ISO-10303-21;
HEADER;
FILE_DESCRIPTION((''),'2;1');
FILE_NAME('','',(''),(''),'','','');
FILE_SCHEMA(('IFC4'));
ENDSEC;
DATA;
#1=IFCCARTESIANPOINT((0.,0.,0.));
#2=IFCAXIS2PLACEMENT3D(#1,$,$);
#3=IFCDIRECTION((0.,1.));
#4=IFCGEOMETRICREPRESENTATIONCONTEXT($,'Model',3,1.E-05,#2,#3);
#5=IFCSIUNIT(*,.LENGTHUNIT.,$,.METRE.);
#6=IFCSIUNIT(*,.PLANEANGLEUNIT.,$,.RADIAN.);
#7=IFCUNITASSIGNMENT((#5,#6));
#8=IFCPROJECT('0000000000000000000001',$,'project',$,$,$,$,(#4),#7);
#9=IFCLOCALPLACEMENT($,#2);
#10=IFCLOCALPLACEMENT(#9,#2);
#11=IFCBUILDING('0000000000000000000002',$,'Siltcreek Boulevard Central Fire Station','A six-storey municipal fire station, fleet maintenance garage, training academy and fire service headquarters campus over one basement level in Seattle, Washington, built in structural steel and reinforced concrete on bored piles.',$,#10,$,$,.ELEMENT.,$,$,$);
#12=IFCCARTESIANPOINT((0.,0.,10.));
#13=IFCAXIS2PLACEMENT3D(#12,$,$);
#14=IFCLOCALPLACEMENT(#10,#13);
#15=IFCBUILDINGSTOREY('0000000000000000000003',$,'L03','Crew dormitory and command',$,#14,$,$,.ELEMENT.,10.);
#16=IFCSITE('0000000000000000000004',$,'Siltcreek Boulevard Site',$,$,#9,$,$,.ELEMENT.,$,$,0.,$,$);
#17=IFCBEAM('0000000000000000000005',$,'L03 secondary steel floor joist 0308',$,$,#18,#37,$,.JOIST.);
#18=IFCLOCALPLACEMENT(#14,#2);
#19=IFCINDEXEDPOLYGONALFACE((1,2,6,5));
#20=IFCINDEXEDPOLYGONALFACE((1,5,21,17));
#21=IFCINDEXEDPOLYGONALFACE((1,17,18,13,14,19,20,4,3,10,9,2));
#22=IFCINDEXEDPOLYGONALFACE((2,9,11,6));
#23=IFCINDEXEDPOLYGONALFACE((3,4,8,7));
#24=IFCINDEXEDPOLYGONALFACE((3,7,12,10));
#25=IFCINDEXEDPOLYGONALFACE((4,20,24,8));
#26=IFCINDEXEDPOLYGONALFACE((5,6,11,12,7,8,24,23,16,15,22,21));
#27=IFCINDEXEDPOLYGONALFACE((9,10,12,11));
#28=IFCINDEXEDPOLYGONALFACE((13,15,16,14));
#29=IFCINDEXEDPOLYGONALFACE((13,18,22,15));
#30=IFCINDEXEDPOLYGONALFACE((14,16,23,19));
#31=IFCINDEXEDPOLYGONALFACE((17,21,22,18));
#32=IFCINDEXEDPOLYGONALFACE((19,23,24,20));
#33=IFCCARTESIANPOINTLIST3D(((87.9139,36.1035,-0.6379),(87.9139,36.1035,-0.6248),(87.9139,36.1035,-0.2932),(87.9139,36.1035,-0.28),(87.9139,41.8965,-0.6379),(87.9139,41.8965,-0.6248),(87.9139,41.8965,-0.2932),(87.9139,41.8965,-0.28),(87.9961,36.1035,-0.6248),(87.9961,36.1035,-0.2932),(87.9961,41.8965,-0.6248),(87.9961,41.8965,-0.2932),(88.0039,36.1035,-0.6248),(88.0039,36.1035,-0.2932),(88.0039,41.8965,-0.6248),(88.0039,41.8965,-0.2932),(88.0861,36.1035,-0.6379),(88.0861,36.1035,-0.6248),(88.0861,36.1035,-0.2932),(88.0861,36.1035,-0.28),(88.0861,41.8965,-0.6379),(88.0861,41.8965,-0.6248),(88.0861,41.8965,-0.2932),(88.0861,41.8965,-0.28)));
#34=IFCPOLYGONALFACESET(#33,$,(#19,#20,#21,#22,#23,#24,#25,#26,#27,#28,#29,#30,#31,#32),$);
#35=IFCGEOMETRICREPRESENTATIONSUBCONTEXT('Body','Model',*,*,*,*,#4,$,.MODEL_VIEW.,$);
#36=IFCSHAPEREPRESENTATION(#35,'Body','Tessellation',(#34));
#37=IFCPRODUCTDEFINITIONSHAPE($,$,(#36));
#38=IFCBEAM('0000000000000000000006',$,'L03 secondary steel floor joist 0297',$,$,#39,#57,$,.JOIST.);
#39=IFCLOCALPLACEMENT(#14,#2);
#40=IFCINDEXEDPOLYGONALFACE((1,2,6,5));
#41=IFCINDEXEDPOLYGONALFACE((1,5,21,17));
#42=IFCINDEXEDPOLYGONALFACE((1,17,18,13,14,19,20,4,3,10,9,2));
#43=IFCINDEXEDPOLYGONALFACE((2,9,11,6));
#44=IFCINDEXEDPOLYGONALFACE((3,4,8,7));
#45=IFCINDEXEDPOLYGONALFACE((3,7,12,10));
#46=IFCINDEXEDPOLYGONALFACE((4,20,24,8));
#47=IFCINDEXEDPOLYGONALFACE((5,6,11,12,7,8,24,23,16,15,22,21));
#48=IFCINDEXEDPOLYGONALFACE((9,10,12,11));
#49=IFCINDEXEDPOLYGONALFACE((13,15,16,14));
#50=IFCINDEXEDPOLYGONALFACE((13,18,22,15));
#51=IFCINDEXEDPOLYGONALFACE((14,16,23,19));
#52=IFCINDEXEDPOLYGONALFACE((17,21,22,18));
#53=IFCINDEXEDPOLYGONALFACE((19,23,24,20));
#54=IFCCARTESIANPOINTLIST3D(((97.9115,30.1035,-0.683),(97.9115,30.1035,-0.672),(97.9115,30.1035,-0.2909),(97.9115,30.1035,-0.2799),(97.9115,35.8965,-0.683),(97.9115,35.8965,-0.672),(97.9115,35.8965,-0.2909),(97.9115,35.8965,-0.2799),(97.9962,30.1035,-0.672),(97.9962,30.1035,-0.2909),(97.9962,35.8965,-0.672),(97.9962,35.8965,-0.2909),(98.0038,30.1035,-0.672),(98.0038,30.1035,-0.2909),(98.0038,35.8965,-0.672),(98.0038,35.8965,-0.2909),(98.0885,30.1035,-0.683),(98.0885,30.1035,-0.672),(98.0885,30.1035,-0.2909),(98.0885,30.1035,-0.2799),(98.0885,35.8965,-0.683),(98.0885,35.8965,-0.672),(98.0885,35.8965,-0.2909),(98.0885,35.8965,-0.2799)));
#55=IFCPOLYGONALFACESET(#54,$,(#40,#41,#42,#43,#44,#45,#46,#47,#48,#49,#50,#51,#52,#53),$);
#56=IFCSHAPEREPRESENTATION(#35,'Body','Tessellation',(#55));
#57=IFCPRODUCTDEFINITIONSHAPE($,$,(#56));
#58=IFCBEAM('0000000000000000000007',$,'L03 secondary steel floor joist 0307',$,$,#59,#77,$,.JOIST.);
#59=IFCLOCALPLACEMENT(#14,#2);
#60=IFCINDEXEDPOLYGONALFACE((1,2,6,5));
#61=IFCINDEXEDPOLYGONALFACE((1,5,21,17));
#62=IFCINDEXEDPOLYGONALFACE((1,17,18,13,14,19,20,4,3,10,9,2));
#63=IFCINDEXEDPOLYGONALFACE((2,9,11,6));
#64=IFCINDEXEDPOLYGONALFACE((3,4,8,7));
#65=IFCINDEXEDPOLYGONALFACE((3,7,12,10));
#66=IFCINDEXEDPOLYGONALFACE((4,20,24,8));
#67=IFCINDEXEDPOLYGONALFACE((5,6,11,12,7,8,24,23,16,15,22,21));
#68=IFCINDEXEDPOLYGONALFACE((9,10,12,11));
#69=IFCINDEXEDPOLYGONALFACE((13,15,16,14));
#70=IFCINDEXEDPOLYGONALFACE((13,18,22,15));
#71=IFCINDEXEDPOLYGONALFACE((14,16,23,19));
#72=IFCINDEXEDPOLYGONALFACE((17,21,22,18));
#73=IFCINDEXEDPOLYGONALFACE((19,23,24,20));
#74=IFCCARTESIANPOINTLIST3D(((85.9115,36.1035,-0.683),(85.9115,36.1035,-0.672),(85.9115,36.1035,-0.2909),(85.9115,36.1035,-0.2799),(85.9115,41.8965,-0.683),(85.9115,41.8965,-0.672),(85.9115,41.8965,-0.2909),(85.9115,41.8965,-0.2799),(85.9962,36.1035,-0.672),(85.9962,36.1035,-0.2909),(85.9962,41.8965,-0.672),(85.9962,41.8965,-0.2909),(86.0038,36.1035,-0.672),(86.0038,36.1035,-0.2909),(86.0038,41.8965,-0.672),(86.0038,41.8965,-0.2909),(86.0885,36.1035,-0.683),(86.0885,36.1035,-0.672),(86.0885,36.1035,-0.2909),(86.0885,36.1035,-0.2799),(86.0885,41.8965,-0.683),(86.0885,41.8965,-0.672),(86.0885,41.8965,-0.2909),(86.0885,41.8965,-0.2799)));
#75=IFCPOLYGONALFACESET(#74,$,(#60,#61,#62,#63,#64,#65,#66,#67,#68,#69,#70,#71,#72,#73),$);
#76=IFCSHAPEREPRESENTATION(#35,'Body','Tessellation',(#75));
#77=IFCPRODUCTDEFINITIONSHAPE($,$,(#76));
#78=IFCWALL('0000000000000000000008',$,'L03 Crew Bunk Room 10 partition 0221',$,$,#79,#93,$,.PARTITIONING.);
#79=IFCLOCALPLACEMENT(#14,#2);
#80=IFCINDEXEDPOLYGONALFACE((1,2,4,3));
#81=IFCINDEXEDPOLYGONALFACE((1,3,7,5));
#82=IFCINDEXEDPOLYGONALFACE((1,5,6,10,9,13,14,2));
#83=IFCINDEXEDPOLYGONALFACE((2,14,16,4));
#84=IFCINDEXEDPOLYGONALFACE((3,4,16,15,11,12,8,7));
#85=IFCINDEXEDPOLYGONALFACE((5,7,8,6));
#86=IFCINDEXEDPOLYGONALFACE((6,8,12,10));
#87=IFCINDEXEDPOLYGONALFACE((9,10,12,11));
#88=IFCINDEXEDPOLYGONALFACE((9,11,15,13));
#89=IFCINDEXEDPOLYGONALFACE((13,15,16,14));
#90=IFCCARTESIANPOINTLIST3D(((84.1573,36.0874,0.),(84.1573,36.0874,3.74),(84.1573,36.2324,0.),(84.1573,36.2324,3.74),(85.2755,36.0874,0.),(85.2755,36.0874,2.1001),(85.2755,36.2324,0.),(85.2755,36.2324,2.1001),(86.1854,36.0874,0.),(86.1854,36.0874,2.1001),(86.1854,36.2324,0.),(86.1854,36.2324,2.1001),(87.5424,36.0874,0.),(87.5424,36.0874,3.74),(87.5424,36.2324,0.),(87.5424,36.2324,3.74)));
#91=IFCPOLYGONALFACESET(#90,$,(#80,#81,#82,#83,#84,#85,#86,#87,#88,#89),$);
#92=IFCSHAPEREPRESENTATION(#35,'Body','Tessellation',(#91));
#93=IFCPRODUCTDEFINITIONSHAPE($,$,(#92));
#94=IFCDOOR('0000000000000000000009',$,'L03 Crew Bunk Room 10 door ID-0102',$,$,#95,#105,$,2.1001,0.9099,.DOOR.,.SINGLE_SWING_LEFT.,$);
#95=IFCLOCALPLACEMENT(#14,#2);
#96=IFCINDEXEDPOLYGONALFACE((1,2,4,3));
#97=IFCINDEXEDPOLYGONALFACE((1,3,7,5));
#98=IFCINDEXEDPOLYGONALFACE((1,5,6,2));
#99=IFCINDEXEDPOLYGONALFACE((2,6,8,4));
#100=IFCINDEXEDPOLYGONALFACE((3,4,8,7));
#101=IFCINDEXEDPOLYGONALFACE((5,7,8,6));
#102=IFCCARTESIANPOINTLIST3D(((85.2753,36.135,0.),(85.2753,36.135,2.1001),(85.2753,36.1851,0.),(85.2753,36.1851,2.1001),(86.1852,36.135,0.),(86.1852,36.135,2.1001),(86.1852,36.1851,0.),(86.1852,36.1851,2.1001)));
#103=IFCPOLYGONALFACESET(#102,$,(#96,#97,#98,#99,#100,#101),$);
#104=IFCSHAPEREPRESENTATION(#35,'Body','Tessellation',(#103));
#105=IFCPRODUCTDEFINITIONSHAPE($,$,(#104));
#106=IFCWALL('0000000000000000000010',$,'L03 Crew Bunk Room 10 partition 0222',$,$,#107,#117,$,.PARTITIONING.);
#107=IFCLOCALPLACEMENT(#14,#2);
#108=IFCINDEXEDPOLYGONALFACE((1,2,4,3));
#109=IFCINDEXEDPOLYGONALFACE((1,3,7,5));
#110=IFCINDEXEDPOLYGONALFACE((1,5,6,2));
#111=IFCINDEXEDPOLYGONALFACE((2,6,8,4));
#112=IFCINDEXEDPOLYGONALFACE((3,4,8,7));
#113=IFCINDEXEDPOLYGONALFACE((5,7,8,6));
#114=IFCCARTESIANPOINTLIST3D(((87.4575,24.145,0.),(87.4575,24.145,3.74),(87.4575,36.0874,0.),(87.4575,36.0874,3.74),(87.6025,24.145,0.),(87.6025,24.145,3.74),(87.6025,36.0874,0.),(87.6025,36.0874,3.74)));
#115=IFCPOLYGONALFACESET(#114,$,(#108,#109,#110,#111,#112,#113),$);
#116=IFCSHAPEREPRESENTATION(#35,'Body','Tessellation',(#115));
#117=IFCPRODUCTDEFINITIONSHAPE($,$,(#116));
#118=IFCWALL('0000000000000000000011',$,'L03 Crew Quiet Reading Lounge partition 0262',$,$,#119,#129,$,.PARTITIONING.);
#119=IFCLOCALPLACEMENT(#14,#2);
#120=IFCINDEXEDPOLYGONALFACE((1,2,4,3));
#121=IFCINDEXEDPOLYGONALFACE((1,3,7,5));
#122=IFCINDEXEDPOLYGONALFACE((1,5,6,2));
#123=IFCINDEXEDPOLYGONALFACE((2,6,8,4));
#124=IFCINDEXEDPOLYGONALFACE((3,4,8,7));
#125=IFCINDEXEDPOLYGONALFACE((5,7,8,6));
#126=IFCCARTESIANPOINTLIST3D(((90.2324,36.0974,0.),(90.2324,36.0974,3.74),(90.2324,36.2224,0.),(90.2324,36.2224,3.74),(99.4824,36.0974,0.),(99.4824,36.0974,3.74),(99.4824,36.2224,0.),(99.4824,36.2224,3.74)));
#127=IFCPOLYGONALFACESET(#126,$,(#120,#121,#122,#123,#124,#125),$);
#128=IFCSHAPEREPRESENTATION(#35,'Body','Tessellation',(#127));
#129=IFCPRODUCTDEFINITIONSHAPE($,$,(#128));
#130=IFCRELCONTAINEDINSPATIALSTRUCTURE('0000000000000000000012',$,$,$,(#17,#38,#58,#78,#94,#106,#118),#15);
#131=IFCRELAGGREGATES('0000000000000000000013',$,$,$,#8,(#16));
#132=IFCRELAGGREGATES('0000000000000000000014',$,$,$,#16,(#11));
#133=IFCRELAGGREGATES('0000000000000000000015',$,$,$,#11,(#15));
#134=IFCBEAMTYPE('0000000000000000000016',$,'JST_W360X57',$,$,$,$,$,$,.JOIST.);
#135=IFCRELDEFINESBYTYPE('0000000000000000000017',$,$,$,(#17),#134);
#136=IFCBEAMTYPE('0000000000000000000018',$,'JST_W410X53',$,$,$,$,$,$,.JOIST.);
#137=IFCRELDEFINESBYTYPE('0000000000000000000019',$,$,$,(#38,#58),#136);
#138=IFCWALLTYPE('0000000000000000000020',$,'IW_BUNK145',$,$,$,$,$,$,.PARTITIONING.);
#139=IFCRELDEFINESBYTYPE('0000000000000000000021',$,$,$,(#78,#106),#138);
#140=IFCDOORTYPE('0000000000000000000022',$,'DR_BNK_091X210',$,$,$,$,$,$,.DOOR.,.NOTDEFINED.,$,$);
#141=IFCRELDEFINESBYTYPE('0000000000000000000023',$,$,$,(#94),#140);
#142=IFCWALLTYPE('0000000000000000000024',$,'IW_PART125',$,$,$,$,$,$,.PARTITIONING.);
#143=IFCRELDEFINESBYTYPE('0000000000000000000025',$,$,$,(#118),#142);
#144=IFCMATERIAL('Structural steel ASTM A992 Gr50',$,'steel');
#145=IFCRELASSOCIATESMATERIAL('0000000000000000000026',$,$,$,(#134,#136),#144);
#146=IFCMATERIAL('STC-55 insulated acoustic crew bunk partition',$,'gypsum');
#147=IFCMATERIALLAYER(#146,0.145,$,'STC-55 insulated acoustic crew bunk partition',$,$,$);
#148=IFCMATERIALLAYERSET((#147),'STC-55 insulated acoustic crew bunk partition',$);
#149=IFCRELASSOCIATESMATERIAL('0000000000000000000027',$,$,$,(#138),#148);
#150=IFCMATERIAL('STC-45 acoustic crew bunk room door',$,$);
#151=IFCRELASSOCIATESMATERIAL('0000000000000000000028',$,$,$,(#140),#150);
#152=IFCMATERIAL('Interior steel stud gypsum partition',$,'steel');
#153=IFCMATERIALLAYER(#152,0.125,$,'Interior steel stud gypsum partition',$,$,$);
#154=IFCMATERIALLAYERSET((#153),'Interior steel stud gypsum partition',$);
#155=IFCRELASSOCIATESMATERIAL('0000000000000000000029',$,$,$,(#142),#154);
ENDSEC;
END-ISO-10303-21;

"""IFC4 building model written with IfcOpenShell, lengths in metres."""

from ifc_helpers import new_model, si_unit, direction, frame, frame_2d, origin, origin_2d, place, context, subcontext, project, spatial, rectangle, i_section, extrude, material, layer, layer_set, material_profile, profile_set, type_object, element, fill, save


model = new_model("IFC4")

# Units and contexts
model_context = context("Model", 3, precision=1e-05, world=origin(), true_north=direction((0.0, 1.0)))
body_context = subcontext(model_context, "Body", "Model", "MODEL_VIEW")
ifc_project = project(units=[si_unit("LENGTHUNIT", "METRE"), si_unit("PLANEANGLEUNIT", "RADIAN")], contexts=[model_context])

# Site, building, storey
site_placement = place(None, origin())
site = spatial("IfcSite", under=ifc_project, at=site_placement, Name="Siltcreek Boulevard Site", CompositionType="ELEMENT", RefElevation=0.0)
building_placement = place(site_placement, origin())
building = spatial("IfcBuilding", under=site, at=building_placement, Name="Siltcreek Boulevard Central Fire Station", Description="A six-storey municipal fire station, fleet maintenance garage, training academy and fire service headquarters campus over one basement level in Seattle, Washington, built in structural steel and reinforced concrete on bored piles.", CompositionType="ELEMENT")
storey_placement = place(building_placement, frame((0.0, 0.0, 10.0)))
storey = spatial("IfcBuildingStorey", under=building, at=storey_placement, Name="L03", Description="Crew dormitory and command", CompositionType="ELEMENT", Elevation=10.0)

# Shared definitions
ifc_material_1 = material(Name="Structural steel ASTM A992 Gr50", Category="steel")

# Beams
ifc_material_profile_1 = material_profile(ifc_material_1, i_section(OverallWidth=0.1721, OverallDepth=0.3579, WebThickness=0.0078, FlangeThickness=0.0132, at=origin_2d()), Name="W360X57")
ifc_profile_set_1 = profile_set([ifc_material_profile_1], Name="Structural steel ASTM A992 Gr50")
beam_type_1 = type_object("IfcBeamType", Name="JST_W360X57", PredefinedType="JOIST", material=ifc_profile_set_1)
for number, where, z_axis, x_axis, name in (
    (1, (88.0, 36.1035, -0.459), (0.0, 1.0, 0.0), (-1.0, 0.0, 0.0), "L03 secondary steel floor joist 0308"),
):
    element("IfcBeam", number, at=place(storey_placement, frame(where, z_axis=z_axis, x_axis=x_axis)), inside=storey, type_object=beam_type_1, Name=name, PredefinedType="JOIST", context=body_context, shape_type="SweptSolid", body=[
        extrude(i_section(OverallWidth=0.1721, OverallDepth=0.3579, WebThickness=0.0078, FlangeThickness=0.0132, at=origin_2d()), origin(), (0.0, 0.0, 1.0), 5.793),
    ])
ifc_material_profile_2 = material_profile(ifc_material_1, i_section(OverallWidth=0.177, OverallDepth=0.4031, WebThickness=0.0076, FlangeThickness=0.011, at=origin_2d()), Name="W410X53")
ifc_profile_set_2 = profile_set([ifc_material_profile_2], Name="Structural steel ASTM A992 Gr50")
beam_type_2 = type_object("IfcBeamType", Name="JST_W410X53", PredefinedType="JOIST", material=ifc_profile_set_2)
for number, where, z_axis, x_axis, name in (
    (2, (98.0, 30.1035, -0.4814), (0.0, 1.0, 0.0), (-1.0, 0.0, 0.0), "L03 secondary steel floor joist 0297"),
    (3, (86.0, 36.1035, -0.4814), (0.0, 1.0, 0.0), (-1.0, 0.0, 0.0), "L03 secondary steel floor joist 0307"),
):
    element("IfcBeam", number, at=place(storey_placement, frame(where, z_axis=z_axis, x_axis=x_axis)), inside=storey, type_object=beam_type_2, Name=name, PredefinedType="JOIST", context=body_context, shape_type="SweptSolid", body=[
        extrude(i_section(OverallWidth=0.177, OverallDepth=0.4031, WebThickness=0.0076, FlangeThickness=0.011, at=origin_2d()), origin(), (0.0, 0.0, 1.0), 5.793),
    ])

# Wall, opening, door
ifc_material_2 = material(Name="STC-55 insulated acoustic crew bunk partition", Category="gypsum")
ifc_layer_1 = layer(ifc_material_2, 0.145, Name="STC-55 insulated acoustic crew bunk partition")
ifc_layer_set_1 = layer_set([ifc_layer_1], Name="STC-55 insulated acoustic crew bunk partition")
wall_type_1 = type_object("IfcWallType", Name="IW_BUNK145", PredefinedType="PARTITIONING", material=ifc_layer_set_1)
wall_1_placement = place(storey_placement, frame((84.1575, 36.1599, 0.0), z_axis=(0.0, 0.0, 1.0), x_axis=(1.0, 0.0, 0.0)))
wall_1 = element("IfcWall", 4, at=wall_1_placement, inside=storey, type_object=wall_type_1, Name="L03 Crew Bunk Room 10 partition 0221", PredefinedType="PARTITIONING", context=body_context, shape_type="SweptSolid", body=[
    extrude(rectangle(XDim=3.385, YDim=0.145, at=frame_2d((1.6924, 0.0))), origin(), (0.0, 0.0, 1.0), 3.74),
])
opening_placement = place(wall_1_placement, frame((1.1179, 0.0, 0.0)))
opening = element("IfcOpeningElement", 5, at=opening_placement, cuts=wall_1, PredefinedType="OPENING", context=body_context, shape_type="SweptSolid", body=[
    extrude(rectangle(XDim=0.9099, YDim=2.1001, at=frame_2d((0.4551, 1.05))), frame((0.0, 0.0825, 0.0), z_axis=(0.0, -1.0, 0.0), x_axis=(1.0, 0.0, 0.0)), (0.0, 0.0, 1.0), 0.165),
])
ifc_material_3 = material(Name="STC-45 acoustic crew bunk room door")
door_type = type_object("IfcDoorType", Name="DR_BNK_091X210", OperationType="NOTDEFINED", PredefinedType="DOOR", material=ifc_material_3)
door_placement = place(opening_placement, frame((0.9099, 0.0, 0.0), z_axis=(0.0, 0.0, 1.0), x_axis=(-1.0, 0.0, 0.0)))
door = element("IfcDoor", 6, at=door_placement, inside=storey, type_object=door_type, Name="L03 Crew Bunk Room 10 door ID-0102", OperationType="SINGLE_SWING_LEFT", OverallHeight=2.1001, OverallWidth=0.9099, PredefinedType="DOOR", context=body_context, shape_type="SweptSolid", body=[
    extrude(rectangle(XDim=0.9099, YDim=2.1001, at=frame_2d((0.4551, 1.05))), frame((0.0, 0.0249, 0.0), z_axis=(0.0, -1.0, 0.0), x_axis=(1.0, 0.0, 0.0)), (0.0, 0.0, 1.0), 0.05),
])
fill(opening, door)

# Walls
wall_2_placement = place(storey_placement, frame((87.53, 36.0874, 0.0), z_axis=(0.0, 0.0, 1.0), x_axis=(0.0, -1.0, 0.0)))
element("IfcWall", 7, at=wall_2_placement, inside=storey, type_object=wall_type_1, Name="L03 Crew Bunk Room 10 partition 0222", PredefinedType="PARTITIONING", context=body_context, shape_type="SweptSolid", body=[
    extrude(rectangle(XDim=11.9424, YDim=0.145, at=frame_2d((5.9712, 0.0))), origin(), (0.0, 0.0, 1.0), 3.74),
])
ifc_material_4 = material(Name="Interior steel stud gypsum partition", Category="steel")
ifc_layer_2 = layer(ifc_material_4, 0.125, Name="Interior steel stud gypsum partition")
ifc_layer_set_2 = layer_set([ifc_layer_2], Name="Interior steel stud gypsum partition")
wall_type_2 = type_object("IfcWallType", Name="IW_PART125", PredefinedType="PARTITIONING", material=ifc_layer_set_2)
wall_3_placement = place(storey_placement, frame((90.2324, 36.1599, 0.0), z_axis=(0.0, 0.0, 1.0), x_axis=(1.0, 0.0, 0.0)))
element("IfcWall", 8, at=wall_3_placement, inside=storey, type_object=wall_type_2, Name="L03 Crew Quiet Reading Lounge partition 0262", PredefinedType="PARTITIONING", context=body_context, shape_type="SweptSolid", body=[
    extrude(rectangle(XDim=9.25, YDim=0.125, at=frame_2d((4.625, 0.0))), origin(), (0.0, 0.0, 1.0), 3.74),
])

save(model, "model.ifc")
